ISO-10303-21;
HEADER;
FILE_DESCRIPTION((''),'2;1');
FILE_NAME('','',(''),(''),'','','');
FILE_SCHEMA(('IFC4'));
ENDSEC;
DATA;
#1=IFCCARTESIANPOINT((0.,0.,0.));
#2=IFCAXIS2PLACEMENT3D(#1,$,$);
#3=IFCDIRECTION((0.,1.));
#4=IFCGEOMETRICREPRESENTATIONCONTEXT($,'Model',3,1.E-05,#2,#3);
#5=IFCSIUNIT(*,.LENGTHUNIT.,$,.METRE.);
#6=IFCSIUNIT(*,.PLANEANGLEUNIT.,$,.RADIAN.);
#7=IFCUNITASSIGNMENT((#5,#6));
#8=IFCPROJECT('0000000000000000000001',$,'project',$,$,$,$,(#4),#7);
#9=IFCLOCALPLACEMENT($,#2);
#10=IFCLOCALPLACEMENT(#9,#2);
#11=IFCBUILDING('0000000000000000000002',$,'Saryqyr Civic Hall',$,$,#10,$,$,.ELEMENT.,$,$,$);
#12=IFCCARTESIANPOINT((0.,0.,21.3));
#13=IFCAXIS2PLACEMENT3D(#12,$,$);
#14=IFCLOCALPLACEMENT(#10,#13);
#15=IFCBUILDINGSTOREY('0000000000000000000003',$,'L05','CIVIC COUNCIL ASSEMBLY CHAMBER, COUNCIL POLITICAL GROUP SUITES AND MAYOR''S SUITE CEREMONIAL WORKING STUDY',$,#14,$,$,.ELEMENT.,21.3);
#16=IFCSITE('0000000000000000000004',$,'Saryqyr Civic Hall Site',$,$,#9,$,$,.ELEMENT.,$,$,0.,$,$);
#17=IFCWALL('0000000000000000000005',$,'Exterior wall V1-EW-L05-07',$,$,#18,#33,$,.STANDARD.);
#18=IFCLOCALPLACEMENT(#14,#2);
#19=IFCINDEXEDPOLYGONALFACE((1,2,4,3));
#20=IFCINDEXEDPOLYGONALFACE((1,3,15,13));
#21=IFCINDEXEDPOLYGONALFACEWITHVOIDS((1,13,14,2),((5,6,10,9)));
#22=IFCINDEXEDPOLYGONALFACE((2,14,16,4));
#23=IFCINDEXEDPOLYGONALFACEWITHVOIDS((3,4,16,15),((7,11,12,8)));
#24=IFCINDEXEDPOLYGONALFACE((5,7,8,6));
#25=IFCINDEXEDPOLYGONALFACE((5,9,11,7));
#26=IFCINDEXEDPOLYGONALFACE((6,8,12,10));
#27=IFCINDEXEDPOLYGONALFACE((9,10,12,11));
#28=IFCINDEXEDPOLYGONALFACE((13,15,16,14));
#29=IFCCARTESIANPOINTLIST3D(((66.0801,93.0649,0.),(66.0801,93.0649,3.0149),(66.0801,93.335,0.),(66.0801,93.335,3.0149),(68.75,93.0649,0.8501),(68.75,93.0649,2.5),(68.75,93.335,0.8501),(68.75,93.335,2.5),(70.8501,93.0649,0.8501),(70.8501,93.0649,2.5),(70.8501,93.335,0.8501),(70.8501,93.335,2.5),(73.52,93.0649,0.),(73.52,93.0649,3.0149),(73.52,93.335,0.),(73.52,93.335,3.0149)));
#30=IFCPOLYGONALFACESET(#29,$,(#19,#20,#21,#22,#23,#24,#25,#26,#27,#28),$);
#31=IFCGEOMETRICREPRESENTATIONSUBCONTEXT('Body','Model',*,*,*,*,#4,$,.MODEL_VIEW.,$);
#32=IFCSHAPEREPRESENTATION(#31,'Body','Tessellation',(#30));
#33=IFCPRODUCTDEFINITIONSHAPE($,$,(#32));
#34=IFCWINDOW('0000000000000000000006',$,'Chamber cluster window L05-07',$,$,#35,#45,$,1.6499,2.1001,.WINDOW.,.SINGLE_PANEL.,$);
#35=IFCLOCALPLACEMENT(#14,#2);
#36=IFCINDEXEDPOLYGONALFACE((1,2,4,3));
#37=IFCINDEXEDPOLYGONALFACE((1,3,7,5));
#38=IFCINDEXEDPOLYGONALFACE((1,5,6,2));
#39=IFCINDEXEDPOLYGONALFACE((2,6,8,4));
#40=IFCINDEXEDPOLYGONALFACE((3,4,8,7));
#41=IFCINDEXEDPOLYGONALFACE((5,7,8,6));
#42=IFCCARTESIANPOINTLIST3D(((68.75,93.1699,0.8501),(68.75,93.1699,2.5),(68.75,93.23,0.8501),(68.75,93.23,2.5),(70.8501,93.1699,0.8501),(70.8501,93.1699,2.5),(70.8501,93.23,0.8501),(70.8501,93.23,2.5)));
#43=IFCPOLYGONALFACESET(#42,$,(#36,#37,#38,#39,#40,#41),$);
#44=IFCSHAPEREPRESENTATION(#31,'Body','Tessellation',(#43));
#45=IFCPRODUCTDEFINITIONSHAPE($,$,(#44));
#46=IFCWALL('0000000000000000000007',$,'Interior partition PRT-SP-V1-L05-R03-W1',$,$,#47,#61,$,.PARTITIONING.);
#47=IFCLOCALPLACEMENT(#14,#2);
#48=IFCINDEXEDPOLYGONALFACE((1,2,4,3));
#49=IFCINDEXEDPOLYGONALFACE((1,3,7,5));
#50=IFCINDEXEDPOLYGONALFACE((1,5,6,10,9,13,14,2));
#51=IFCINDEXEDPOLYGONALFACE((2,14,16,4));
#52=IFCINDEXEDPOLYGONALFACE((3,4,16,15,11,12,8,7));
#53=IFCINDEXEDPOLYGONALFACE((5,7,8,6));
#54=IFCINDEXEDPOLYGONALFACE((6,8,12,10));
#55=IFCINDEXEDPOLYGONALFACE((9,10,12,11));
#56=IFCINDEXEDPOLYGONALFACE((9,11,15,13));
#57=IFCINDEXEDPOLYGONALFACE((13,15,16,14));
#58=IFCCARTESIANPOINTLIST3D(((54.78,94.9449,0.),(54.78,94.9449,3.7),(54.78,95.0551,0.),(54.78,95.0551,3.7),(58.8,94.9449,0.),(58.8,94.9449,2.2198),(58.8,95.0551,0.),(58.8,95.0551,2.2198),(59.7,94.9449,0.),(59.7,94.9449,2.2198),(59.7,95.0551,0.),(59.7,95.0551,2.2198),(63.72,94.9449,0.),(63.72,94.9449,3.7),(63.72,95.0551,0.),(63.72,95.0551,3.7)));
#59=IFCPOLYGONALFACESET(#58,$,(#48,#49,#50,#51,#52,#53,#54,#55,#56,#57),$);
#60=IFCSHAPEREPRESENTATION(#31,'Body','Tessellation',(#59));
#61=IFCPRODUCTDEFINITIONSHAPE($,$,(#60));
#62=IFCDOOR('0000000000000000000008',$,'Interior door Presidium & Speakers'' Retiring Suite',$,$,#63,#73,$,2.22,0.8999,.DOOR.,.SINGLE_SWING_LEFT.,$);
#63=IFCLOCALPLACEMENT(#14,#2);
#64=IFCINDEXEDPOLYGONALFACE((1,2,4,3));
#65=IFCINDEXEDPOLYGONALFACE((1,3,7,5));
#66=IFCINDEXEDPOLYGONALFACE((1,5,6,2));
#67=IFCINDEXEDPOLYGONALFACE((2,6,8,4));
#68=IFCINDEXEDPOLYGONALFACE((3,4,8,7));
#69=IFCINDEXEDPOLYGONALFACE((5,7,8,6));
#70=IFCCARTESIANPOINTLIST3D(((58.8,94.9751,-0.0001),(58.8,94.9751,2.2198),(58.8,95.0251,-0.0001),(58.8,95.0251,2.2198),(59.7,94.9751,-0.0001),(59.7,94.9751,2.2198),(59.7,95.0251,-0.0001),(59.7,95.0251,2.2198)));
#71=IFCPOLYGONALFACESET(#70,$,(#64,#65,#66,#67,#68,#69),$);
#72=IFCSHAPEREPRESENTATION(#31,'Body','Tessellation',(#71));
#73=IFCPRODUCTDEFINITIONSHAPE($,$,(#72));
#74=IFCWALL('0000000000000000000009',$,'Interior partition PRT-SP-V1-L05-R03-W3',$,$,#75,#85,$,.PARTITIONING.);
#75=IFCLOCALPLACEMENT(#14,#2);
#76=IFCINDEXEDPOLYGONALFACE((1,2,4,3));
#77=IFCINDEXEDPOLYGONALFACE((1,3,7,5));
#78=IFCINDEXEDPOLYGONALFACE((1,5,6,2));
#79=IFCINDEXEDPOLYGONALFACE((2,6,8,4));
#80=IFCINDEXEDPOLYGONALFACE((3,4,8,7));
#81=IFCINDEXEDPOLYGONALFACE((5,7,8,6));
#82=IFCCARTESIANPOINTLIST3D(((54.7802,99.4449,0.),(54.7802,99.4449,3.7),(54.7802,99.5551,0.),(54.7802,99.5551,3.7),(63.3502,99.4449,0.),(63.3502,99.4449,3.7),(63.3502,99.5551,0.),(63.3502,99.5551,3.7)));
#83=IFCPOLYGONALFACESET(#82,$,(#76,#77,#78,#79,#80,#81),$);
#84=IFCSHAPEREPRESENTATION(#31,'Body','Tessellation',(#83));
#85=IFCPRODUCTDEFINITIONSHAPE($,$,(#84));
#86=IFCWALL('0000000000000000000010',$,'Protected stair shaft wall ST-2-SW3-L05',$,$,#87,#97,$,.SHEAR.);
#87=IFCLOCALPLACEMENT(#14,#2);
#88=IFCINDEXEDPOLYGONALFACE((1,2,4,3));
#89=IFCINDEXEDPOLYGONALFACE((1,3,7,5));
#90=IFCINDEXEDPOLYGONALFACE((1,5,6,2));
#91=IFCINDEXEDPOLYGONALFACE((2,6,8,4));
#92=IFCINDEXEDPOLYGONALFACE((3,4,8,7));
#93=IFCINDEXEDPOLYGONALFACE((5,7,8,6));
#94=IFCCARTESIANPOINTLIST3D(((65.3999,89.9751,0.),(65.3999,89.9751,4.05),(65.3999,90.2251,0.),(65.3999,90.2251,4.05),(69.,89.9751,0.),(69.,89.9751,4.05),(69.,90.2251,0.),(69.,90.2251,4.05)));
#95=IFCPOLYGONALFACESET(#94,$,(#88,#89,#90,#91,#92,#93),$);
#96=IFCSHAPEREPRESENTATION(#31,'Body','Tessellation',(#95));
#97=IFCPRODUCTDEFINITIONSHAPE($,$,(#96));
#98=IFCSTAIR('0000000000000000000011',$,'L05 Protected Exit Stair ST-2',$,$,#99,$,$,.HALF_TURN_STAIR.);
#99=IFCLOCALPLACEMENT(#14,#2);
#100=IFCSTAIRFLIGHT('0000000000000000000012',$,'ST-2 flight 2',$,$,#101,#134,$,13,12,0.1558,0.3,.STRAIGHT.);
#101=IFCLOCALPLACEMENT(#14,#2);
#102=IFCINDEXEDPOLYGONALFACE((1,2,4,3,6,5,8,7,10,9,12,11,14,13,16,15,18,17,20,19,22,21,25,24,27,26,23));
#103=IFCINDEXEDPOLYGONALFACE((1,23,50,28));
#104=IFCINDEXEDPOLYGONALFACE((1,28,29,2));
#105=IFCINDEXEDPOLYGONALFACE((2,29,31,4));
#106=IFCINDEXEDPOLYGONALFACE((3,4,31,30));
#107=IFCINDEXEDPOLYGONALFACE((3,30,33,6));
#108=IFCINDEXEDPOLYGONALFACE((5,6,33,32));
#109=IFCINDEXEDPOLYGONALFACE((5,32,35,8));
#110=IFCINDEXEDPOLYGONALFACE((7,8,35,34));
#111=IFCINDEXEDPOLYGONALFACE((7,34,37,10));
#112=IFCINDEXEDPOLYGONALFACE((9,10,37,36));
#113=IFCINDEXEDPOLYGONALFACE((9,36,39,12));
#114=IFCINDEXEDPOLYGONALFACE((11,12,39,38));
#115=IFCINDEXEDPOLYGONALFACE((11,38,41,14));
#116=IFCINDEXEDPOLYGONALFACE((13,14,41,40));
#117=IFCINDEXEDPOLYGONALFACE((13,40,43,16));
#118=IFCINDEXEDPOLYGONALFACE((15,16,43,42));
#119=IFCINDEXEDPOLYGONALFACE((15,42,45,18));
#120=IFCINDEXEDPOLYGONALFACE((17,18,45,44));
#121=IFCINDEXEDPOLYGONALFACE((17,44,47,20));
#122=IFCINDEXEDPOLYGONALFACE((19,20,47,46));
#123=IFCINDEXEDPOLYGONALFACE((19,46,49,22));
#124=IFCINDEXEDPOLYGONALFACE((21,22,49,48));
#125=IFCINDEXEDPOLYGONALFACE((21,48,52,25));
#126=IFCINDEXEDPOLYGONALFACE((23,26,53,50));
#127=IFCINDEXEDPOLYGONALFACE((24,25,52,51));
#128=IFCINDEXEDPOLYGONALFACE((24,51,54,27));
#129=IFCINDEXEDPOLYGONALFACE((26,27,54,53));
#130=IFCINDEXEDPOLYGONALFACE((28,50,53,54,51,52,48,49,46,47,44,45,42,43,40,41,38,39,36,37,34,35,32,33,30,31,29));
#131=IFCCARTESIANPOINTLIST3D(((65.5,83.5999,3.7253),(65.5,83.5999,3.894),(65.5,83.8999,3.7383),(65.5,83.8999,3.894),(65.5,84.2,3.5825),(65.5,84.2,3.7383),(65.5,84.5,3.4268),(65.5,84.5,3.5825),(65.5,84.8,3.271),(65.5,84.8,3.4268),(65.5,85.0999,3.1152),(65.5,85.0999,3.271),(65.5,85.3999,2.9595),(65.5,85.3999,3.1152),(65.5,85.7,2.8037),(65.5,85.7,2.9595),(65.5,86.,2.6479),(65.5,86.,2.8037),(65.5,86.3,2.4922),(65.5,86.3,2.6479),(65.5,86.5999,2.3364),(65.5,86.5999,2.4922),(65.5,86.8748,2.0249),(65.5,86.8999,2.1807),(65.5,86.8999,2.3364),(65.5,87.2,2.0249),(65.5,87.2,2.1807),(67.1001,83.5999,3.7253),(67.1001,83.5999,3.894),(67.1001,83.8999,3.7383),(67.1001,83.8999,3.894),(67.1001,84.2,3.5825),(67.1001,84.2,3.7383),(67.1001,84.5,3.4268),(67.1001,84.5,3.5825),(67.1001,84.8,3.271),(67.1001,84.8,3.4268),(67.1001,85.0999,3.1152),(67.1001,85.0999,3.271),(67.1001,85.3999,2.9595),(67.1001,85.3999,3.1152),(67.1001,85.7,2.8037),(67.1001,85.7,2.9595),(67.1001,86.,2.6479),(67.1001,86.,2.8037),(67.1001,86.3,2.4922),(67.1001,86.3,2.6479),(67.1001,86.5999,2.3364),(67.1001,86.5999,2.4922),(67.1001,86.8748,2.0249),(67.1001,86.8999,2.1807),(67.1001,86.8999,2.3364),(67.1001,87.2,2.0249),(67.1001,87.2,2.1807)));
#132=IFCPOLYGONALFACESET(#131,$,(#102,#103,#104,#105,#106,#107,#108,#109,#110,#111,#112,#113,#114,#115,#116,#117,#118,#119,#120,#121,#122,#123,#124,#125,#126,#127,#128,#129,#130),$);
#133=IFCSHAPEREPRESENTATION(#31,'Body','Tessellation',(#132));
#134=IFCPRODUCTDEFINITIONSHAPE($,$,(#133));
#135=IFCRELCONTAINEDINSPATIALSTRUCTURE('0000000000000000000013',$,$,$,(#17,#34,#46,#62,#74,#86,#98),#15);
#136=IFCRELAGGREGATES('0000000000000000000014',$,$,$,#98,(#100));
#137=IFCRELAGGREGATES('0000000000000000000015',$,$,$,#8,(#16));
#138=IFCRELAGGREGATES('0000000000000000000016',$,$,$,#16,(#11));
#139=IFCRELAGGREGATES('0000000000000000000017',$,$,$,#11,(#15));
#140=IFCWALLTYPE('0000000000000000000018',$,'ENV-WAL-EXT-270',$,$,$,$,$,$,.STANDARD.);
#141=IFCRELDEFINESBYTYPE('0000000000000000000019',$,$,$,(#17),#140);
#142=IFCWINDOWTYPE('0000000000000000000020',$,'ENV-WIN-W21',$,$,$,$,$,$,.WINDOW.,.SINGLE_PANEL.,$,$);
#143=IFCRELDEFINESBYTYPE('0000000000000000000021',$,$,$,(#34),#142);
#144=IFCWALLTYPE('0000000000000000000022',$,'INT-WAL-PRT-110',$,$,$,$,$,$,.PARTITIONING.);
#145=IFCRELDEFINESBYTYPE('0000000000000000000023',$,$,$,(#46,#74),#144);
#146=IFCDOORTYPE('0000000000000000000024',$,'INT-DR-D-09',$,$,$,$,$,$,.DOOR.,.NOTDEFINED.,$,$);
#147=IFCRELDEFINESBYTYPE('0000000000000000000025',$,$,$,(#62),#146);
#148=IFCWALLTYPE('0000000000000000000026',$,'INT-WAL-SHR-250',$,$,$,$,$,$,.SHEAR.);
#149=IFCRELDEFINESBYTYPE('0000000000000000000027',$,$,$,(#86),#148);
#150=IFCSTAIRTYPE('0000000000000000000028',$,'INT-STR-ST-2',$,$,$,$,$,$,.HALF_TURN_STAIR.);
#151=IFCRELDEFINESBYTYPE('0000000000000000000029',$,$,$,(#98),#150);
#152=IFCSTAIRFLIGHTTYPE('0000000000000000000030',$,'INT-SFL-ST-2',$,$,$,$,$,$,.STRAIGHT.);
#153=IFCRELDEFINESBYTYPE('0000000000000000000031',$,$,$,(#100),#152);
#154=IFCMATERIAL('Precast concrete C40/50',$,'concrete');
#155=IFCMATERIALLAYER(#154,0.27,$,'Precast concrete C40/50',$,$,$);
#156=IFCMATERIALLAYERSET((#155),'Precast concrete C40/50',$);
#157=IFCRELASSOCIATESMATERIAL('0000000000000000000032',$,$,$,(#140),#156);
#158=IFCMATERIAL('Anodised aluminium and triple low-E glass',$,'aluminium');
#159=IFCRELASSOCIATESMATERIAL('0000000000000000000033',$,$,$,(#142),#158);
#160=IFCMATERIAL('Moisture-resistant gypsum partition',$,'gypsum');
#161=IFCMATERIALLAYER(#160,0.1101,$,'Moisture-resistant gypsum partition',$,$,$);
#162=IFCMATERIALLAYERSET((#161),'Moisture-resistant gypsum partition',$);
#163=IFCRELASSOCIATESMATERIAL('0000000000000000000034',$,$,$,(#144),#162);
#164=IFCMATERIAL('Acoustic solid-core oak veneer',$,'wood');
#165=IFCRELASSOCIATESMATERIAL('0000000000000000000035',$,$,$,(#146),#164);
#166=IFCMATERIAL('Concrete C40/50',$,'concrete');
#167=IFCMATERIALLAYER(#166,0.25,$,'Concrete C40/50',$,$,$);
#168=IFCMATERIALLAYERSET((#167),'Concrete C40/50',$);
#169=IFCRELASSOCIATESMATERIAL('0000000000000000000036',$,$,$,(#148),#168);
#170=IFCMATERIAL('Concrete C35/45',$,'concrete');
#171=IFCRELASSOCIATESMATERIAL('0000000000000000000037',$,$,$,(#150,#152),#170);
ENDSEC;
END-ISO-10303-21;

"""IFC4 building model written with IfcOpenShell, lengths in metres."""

from ifc_helpers import new_model, si_unit, direction, frame, frame_2d, origin, place, context, subcontext, project, spatial, polyline, rectangle, outline, extrude, material, layer, layer_set, type_object, element, fill, aggregate, save


model = new_model("IFC4")

# Units and contexts
model_context = context("Model", 3, precision=1e-05, world=origin(), true_north=direction((0.0, 1.0)))
body_context = subcontext(model_context, "Body", "Model", "MODEL_VIEW")
ifc_project = project(units=[si_unit("LENGTHUNIT", "METRE"), si_unit("PLANEANGLEUNIT", "RADIAN")], contexts=[model_context])

# Site, building, storey
site_placement = place(None, origin())
site = spatial("IfcSite", under=ifc_project, at=site_placement, Name="Saryqyr Civic Hall Site", CompositionType="ELEMENT", RefElevation=0.0)
building_placement = place(site_placement, origin())
building = spatial("IfcBuilding", under=site, at=building_placement, Name="Saryqyr Civic Hall", CompositionType="ELEMENT")
storey_placement = place(building_placement, frame((0.0, 0.0, 21.3)))
storey = spatial("IfcBuildingStorey", under=building, at=storey_placement, Name="L05", Description="CIVIC COUNCIL ASSEMBLY CHAMBER, COUNCIL POLITICAL GROUP SUITES AND MAYOR'S SUITE CEREMONIAL WORKING STUDY", CompositionType="ELEMENT", Elevation=21.3)

# Shared definitions
ifc_material_1 = material(Name="Concrete C40/50", Category="concrete")

# Shared definitions
ifc_material_2 = material(Name="Anodised aluminium and triple low-E glass", Category="aluminium")

# Shared definitions
ifc_material_3 = material(Name="Concrete C35/45", Category="concrete")

# Wall, opening, window
ifc_material_4 = material(Name="Precast concrete C40/50", Category="concrete")
ifc_layer_1 = layer(ifc_material_4, 0.27, Name="Precast concrete C40/50")
ifc_layer_set_1 = layer_set([ifc_layer_1], Name="Precast concrete C40/50")
wall_type_1 = type_object("IfcWallType", Name="ENV-WAL-EXT-270", PredefinedType="STANDARD", material=ifc_layer_set_1)
wall_1_placement = place(storey_placement, frame((66.0801, 93.2, 0.0), z_axis=(0.0, 0.0, 1.0), x_axis=(1.0, 0.0, 0.0)))
wall_1 = element("IfcWall", 1, at=wall_1_placement, inside=storey, type_object=wall_type_1, Name="Exterior wall V1-EW-L05-07", PredefinedType="STANDARD", context=body_context, shape_type="SweptSolid", body=[
    extrude(rectangle(XDim=7.4399, YDim=0.27, at=frame_2d((3.72, 0.0))), origin(), (0.0, 0.0, 1.0), 3.0149),
])
opening_1_placement = place(wall_1_placement, frame((2.6699, 0.0, 0.8501)))
opening_1 = element("IfcOpeningElement", 2, at=opening_1_placement, cuts=wall_1, PredefinedType="OPENING", context=body_context, shape_type="SweptSolid", body=[
    extrude(rectangle(XDim=2.1001, YDim=1.6499, at=frame_2d((1.05, 0.825))), frame((0.0, 0.145, 0.0), z_axis=(0.0, -1.0, 0.0), x_axis=(1.0, 0.0, 0.0)), (0.0, 0.0, 1.0), 0.29),
])
window_type = type_object("IfcWindowType", Name="ENV-WIN-W21", PartitioningType="SINGLE_PANEL", PredefinedType="WINDOW", material=ifc_material_2)
window_placement = place(opening_1_placement, origin())
window = element("IfcWindow", 3, at=window_placement, inside=storey, type_object=window_type, Name="Chamber cluster window L05-07", OverallHeight=1.6499, OverallWidth=2.1001, PartitioningType="SINGLE_PANEL", PredefinedType="WINDOW", context=body_context, shape_type="SweptSolid", body=[
    extrude(rectangle(XDim=2.1001, YDim=1.6499, at=frame_2d((1.05, 0.825))), frame((0.0, 0.03, 0.0), z_axis=(0.0, -1.0, 0.0), x_axis=(1.0, 0.0, 0.0)), (0.0, 0.0, 1.0), 0.0601),
])
fill(opening_1, window)

# Wall, opening, door
ifc_material_5 = material(Name="Moisture-resistant gypsum partition", Category="gypsum")
ifc_layer_2 = layer(ifc_material_5, 0.1101, Name="Moisture-resistant gypsum partition")
ifc_layer_set_2 = layer_set([ifc_layer_2], Name="Moisture-resistant gypsum partition")
wall_type_2 = type_object("IfcWallType", Name="INT-WAL-PRT-110", PredefinedType="PARTITIONING", material=ifc_layer_set_2)
wall_2_placement = place(storey_placement, frame((63.72, 95.0, 0.0), z_axis=(0.0, 0.0, 1.0), x_axis=(-1.0, 0.0, 0.0)))
wall_2 = element("IfcWall", 4, at=wall_2_placement, inside=storey, type_object=wall_type_2, Name="Interior partition PRT-SP-V1-L05-R03-W1", PredefinedType="PARTITIONING", context=body_context, shape_type="SweptSolid", body=[
    extrude(rectangle(XDim=8.9399, YDim=0.1101, at=frame_2d((4.47, 0.0))), origin(), (0.0, 0.0, 1.0), 3.7),
])
opening_2_placement = place(wall_2_placement, frame((4.02, 0.0, 0.0)))
opening_2 = element("IfcOpeningElement", 5, at=opening_2_placement, cuts=wall_2, PredefinedType="OPENING", context=body_context, shape_type="SweptSolid", body=[
    extrude(rectangle(XDim=0.8999, YDim=2.22, at=frame_2d((0.45, 1.1099))), frame((0.0, 0.0649, 0.0), z_axis=(0.0, -1.0, 0.0), x_axis=(1.0, 0.0, 0.0)), (0.0, 0.0, 1.0), 0.1301),
])
ifc_material_6 = material(Name="Acoustic solid-core oak veneer", Category="wood")
door_type = type_object("IfcDoorType", Name="INT-DR-D-09", OperationType="NOTDEFINED", PredefinedType="DOOR", material=ifc_material_6)
door_placement = place(opening_2_placement, origin())
door = element("IfcDoor", 6, at=door_placement, inside=storey, type_object=door_type, Name="Interior door Presidium & Speakers' Retiring Suite", OperationType="SINGLE_SWING_LEFT", OverallHeight=2.22, OverallWidth=0.8999, PredefinedType="DOOR", context=body_context, shape_type="SweptSolid", body=[
    extrude(rectangle(XDim=0.8999, YDim=2.22, at=frame_2d((0.45, 1.1099))), frame((0.0, 0.0249, 0.0), z_axis=(0.0, -1.0, 0.0), x_axis=(1.0, 0.0, 0.0)), (0.0, 0.0, 1.0), 0.05),
])
fill(opening_2, door)

# Walls
wall_3_placement = place(storey_placement, frame((54.78, 99.5, 0.0), z_axis=(0.0, 0.0, 1.0), x_axis=(1.0, 0.0, 0.0)))
element("IfcWall", 7, at=wall_3_placement, inside=storey, type_object=wall_type_2, Name="Interior partition PRT-SP-V1-L05-R03-W3", PredefinedType="PARTITIONING", context=body_context, shape_type="SweptSolid", body=[
    extrude(rectangle(XDim=8.5701, YDim=0.1101, at=frame_2d((4.2852, 0.0))), origin(), (0.0, 0.0, 1.0), 3.7),
])
ifc_layer_3 = layer(ifc_material_1, 0.25, Name="Concrete C40/50")
ifc_layer_set_3 = layer_set([ifc_layer_3], Name="Concrete C40/50")
wall_type_3 = type_object("IfcWallType", Name="INT-WAL-SHR-250", PredefinedType="SHEAR", material=ifc_layer_set_3)
wall_4_placement = place(storey_placement, frame((65.3999, 90.1001, 0.0), z_axis=(0.0, 0.0, 1.0), x_axis=(1.0, 0.0, 0.0)))
element("IfcWall", 8, at=wall_4_placement, inside=storey, type_object=wall_type_3, Name="Protected stair shaft wall ST-2-SW3-L05", PredefinedType="SHEAR", context=body_context, shape_type="SweptSolid", body=[
    extrude(rectangle(XDim=3.6001, YDim=0.25, at=frame_2d((1.8, 0.0))), origin(), (0.0, 0.0, 1.0), 4.05),
])

# Stair, stair flight
stair_type = type_object("IfcStairType", Name="INT-STR-ST-2", PredefinedType="HALF_TURN_STAIR", material=ifc_material_3)
stair_placement = place(storey_placement, origin())
stair = element("IfcStair", 9, at=stair_placement, inside=storey, type_object=stair_type, Name="L05 Protected Exit Stair ST-2", PredefinedType="HALF_TURN_STAIR")
stair_flight_type = type_object("IfcStairFlightType", Name="INT-SFL-ST-2", PredefinedType="STRAIGHT", material=ifc_material_3)
stair_flight_placement = place(storey_placement, frame((66.3, 87.2, 2.0249), z_axis=(0.0, 0.0, 1.0), x_axis=(0.0, -1.0, 0.0)))
stair_flight = element("IfcStairFlight", 10, at=stair_flight_placement, type_object=stair_flight_type, Name="ST-2 flight 2", NumberOfRisers=13, NumberOfTreads=12, PredefinedType="STRAIGHT", RiserHeight=0.1558, TreadLength=0.3, context=body_context, shape_type="SweptSolid", body=[
    extrude(outline(polyline([(0.0, 0.0), (0.0, 0.1558), (0.3, 0.1558), (0.3, 0.3115), (0.6001, 0.3115), (0.6001, 0.4673), (0.8999, 0.4673), (0.8999, 0.623), (1.2, 0.623), (1.2, 0.7788), (1.5, 0.7788), (1.5, 0.9346), (1.8, 0.9346), (1.8, 1.0903), (2.1001, 1.0903), (2.1001, 1.2461), (2.3999, 1.2461), (2.3999, 1.4019), (2.7, 1.4019), (2.7, 1.5576), (3.0, 1.5576), (3.0, 1.7134), (3.3, 1.7134), (3.3, 1.8691), (3.6001, 1.8691), (3.6001, 2.0249), (3.6001, 1.7004), (0.3252, 0.0), (0.0, 0.0)])), frame((0.0, 0.8, 0.0), z_axis=(0.0, -1.0, 0.0), x_axis=(1.0, 0.0, 0.0)), (0.0, 0.0, 1.0), 1.6001),
])
aggregate(stair, [stair_flight])

save(model, "model.ifc")
